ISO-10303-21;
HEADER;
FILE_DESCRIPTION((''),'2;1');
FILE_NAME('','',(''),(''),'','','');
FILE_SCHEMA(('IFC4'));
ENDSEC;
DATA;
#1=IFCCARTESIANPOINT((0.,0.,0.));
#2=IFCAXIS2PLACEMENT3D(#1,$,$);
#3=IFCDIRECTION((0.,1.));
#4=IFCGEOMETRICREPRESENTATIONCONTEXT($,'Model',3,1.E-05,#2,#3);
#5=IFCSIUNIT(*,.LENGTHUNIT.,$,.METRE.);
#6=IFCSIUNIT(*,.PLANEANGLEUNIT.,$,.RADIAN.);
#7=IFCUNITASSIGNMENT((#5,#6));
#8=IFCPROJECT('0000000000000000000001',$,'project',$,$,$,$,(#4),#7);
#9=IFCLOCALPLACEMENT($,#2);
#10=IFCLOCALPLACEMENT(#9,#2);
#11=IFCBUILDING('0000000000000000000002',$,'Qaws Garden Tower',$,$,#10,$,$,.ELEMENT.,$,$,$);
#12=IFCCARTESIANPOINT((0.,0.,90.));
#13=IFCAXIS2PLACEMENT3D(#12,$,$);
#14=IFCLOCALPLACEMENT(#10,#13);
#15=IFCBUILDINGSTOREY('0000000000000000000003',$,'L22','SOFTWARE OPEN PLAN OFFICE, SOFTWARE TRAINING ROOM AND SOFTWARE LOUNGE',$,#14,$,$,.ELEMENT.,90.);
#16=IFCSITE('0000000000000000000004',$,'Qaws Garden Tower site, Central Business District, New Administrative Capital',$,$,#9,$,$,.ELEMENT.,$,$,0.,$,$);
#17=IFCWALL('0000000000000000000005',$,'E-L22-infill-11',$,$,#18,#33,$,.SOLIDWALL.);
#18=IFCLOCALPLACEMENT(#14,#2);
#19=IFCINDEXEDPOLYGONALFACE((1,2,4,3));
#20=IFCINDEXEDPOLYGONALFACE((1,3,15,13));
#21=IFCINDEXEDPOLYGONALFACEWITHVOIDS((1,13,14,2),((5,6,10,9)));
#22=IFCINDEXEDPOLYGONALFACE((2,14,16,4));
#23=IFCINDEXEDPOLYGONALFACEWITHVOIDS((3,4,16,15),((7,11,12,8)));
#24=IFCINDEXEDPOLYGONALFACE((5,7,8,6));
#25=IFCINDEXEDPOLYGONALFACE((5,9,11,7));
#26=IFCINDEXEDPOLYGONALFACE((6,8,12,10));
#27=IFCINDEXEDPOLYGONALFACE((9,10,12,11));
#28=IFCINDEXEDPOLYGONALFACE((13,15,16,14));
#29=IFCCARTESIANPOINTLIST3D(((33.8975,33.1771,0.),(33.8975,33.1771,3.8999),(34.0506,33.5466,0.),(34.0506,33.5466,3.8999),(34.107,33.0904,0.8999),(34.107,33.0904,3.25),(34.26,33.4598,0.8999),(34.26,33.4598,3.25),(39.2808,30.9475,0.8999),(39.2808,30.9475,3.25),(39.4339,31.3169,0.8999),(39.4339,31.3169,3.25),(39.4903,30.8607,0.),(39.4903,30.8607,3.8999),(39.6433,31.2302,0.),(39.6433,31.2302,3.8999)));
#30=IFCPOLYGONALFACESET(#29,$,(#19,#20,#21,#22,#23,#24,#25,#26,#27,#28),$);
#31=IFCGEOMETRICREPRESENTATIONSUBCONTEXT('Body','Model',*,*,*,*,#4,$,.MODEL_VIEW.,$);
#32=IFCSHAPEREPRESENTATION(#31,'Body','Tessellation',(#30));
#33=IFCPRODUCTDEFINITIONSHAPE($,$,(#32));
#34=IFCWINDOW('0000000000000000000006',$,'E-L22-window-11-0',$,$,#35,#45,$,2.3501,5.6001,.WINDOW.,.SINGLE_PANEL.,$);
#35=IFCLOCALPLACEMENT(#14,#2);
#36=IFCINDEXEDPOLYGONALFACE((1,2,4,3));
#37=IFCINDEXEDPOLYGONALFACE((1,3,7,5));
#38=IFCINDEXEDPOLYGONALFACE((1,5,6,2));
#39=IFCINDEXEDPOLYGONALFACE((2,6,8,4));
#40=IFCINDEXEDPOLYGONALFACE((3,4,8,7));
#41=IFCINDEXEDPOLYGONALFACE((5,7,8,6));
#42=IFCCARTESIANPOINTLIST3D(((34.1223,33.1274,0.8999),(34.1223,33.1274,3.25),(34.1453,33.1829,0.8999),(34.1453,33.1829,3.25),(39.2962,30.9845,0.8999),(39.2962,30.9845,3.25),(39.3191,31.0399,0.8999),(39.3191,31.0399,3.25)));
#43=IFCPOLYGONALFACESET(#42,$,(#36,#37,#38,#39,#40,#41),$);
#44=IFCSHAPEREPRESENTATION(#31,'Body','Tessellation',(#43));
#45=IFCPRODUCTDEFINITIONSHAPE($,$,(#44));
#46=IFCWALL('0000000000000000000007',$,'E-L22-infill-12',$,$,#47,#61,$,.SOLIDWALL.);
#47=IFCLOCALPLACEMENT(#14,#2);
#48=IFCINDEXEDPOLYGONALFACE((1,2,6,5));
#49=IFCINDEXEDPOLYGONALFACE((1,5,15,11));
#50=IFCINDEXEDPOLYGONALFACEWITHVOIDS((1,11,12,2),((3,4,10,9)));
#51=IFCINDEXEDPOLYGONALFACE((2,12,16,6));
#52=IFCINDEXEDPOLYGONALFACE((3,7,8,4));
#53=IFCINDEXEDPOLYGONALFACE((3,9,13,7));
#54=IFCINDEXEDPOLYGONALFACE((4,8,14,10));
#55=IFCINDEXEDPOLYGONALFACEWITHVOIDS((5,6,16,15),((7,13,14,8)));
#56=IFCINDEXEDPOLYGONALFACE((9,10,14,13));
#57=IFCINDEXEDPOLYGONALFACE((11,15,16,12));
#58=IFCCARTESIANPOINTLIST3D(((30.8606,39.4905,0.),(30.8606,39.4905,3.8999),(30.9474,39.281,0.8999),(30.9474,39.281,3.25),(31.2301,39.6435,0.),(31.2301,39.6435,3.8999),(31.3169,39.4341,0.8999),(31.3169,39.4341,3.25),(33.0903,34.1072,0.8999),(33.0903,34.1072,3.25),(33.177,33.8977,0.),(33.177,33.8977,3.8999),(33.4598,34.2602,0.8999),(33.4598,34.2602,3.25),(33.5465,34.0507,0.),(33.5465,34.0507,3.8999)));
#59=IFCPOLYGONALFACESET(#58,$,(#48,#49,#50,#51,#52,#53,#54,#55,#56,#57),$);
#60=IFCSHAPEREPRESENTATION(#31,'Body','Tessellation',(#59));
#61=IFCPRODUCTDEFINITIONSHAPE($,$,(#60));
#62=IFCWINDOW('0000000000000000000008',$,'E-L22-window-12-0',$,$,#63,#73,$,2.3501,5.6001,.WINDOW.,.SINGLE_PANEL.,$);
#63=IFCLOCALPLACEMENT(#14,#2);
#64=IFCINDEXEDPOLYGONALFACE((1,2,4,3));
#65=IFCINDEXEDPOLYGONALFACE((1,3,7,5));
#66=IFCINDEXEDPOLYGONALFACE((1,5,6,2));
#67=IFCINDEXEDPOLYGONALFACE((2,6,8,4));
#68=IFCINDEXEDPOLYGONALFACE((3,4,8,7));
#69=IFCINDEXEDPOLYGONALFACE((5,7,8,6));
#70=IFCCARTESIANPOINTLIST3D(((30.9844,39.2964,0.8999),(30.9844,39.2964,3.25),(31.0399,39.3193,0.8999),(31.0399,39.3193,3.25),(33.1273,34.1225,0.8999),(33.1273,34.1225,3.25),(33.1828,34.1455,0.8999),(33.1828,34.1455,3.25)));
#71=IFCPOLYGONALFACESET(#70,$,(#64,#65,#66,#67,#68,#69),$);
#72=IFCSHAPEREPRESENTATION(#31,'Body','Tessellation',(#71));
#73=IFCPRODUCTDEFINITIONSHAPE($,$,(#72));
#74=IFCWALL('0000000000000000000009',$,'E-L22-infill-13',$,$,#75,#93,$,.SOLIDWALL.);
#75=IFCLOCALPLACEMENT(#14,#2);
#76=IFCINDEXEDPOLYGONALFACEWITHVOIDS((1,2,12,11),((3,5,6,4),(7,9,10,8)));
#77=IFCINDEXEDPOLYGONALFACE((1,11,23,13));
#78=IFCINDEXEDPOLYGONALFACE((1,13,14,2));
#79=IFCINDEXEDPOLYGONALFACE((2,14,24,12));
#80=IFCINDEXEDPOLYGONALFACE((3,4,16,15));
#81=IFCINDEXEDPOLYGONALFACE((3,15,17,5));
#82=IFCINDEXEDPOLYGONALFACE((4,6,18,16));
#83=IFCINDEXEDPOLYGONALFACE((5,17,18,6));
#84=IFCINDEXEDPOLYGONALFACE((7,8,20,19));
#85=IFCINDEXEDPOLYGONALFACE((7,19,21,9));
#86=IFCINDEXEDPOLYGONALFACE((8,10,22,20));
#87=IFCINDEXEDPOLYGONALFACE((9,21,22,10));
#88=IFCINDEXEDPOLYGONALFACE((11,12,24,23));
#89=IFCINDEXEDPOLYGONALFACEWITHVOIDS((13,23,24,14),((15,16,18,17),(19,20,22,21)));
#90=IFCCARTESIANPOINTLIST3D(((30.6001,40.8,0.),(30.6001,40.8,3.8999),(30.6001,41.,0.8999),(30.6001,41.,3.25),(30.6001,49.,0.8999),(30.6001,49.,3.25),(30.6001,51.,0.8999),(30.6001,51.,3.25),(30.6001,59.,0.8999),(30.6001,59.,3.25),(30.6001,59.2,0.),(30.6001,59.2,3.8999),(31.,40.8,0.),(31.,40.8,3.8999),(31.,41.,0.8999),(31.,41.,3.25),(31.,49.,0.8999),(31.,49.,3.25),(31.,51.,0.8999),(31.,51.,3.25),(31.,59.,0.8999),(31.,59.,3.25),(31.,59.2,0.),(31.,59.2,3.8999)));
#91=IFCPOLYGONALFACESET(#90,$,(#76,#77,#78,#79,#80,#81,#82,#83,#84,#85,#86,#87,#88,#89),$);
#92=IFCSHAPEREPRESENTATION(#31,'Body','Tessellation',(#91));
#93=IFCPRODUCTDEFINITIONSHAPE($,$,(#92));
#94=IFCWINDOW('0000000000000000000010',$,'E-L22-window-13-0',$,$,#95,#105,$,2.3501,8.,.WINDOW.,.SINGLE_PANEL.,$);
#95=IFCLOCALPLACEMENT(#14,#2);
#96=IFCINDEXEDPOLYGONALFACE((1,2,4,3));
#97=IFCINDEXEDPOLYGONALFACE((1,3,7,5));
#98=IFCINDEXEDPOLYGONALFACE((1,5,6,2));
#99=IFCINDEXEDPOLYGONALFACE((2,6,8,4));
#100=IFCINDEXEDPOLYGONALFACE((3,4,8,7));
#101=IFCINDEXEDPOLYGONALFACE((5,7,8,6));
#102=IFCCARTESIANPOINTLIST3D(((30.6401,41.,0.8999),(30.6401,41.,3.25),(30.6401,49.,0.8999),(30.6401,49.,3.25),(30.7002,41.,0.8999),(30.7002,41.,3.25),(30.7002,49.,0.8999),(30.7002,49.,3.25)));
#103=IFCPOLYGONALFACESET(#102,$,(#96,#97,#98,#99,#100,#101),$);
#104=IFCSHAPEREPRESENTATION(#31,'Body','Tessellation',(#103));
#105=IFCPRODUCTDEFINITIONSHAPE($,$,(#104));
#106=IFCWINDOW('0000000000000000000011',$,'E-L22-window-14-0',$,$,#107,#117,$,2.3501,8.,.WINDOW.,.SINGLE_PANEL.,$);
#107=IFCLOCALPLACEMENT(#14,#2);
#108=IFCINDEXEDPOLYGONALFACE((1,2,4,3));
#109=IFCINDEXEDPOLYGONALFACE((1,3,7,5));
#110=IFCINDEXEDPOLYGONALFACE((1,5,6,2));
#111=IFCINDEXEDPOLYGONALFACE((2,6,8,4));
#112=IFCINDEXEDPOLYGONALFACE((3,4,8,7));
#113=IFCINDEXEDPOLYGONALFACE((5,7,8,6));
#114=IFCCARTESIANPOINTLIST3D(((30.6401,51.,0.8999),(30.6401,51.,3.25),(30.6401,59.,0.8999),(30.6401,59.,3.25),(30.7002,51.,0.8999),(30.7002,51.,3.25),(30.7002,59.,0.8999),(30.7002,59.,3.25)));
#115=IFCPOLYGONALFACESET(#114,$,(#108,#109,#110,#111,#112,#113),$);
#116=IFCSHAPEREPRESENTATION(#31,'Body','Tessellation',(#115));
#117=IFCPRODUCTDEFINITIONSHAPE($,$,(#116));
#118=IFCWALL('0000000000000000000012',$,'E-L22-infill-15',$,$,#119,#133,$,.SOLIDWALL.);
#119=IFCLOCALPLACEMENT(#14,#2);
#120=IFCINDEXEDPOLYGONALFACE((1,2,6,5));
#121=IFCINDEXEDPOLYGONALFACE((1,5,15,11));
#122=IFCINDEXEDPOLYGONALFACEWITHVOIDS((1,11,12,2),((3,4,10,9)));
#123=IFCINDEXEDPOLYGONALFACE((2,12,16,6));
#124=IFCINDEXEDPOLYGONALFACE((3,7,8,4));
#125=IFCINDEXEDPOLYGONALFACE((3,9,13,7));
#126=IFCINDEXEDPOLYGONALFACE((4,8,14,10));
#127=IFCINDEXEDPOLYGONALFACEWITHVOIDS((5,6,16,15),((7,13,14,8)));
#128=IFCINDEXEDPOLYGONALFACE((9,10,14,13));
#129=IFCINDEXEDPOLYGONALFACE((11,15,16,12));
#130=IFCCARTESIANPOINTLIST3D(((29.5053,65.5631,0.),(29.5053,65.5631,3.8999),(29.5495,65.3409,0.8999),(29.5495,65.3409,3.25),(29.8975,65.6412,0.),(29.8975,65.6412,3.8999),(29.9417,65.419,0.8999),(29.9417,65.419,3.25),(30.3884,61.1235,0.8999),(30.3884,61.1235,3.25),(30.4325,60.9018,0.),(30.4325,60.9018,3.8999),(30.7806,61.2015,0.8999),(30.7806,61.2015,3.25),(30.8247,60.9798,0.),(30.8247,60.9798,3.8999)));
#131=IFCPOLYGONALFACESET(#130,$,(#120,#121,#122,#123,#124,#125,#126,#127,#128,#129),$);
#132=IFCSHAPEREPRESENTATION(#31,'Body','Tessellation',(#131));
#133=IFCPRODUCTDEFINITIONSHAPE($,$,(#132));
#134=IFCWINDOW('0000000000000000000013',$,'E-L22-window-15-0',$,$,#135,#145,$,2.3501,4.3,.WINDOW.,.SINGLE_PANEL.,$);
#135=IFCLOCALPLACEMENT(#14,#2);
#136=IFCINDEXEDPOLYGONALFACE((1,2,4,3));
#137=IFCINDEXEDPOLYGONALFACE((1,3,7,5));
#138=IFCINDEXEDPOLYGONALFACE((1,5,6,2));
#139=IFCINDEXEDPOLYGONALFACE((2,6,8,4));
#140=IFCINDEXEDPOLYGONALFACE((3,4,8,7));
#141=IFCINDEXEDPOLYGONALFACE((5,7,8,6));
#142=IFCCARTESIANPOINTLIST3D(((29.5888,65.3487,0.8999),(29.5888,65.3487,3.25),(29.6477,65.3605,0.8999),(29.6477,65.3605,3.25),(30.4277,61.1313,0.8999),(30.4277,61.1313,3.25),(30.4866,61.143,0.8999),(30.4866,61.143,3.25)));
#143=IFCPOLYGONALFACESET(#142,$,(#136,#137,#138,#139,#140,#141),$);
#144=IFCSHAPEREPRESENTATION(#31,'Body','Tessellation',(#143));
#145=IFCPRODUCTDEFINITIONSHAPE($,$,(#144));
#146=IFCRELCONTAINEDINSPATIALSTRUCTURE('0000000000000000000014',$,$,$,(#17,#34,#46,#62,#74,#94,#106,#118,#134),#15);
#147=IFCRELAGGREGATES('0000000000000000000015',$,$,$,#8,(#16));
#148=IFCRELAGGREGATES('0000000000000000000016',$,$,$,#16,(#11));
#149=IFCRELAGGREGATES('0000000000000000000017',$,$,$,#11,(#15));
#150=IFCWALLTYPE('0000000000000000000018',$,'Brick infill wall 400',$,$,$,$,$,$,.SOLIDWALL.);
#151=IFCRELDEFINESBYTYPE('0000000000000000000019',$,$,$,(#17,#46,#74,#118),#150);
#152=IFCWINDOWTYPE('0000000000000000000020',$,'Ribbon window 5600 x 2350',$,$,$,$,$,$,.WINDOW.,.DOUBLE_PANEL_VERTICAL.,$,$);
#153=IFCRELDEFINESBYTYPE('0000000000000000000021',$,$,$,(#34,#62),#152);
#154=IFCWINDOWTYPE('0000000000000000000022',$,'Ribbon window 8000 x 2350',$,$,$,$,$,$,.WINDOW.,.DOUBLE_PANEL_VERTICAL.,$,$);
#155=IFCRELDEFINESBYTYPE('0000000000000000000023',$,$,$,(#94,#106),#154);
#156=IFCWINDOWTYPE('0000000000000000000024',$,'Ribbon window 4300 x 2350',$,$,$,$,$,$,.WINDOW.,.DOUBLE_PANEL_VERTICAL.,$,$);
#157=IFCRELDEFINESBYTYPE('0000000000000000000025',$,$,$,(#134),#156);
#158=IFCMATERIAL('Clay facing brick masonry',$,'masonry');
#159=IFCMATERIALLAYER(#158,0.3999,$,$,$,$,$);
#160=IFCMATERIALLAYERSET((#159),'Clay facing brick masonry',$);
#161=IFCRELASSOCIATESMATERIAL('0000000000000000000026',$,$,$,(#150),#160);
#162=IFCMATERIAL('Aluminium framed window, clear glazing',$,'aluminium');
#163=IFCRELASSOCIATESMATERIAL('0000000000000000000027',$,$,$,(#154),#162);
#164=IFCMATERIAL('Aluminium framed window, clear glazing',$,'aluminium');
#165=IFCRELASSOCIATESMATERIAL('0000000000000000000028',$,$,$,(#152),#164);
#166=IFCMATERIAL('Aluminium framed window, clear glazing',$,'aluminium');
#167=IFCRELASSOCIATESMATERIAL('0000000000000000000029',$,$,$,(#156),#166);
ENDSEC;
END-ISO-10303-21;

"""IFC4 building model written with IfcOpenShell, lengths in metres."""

from ifc_helpers import new_model, si_unit, direction, frame, frame_2d, origin, place, context, subcontext, project, spatial, rectangle, extrude, material, layer, layer_set, type_object, element, fill, save


model = new_model("IFC4")

# Units and contexts
model_context = context("Model", 3, precision=1e-05, world=origin(), true_north=direction((0.0, 1.0)))
body_context = subcontext(model_context, "Body", "Model", "MODEL_VIEW")
ifc_project = project(units=[si_unit("LENGTHUNIT", "METRE"), si_unit("PLANEANGLEUNIT", "RADIAN")], contexts=[model_context])

# Site, building, storey
site_placement = place(None, origin())
site = spatial("IfcSite", under=ifc_project, at=site_placement, Name="Qaws Garden Tower site, Central Business District, New Administrative Capital", CompositionType="ELEMENT", RefElevation=0.0)
building_placement = place(site_placement, origin())
building = spatial("IfcBuilding", under=site, at=building_placement, Name="Qaws Garden Tower", CompositionType="ELEMENT")
storey_placement = place(building_placement, frame((0.0, 0.0, 90.0)))
storey = spatial("IfcBuildingStorey", under=building, at=storey_placement, Name="L22", Description="SOFTWARE OPEN PLAN OFFICE, SOFTWARE TRAINING ROOM AND SOFTWARE LOUNGE", CompositionType="ELEMENT", Elevation=90.0)

# Shared definitions
ifc_material_1 = material(Name="Clay facing brick masonry", Category="masonry")
ifc_layer_1 = layer(ifc_material_1, 0.3999)
ifc_layer_set_1 = layer_set([ifc_layer_1], Name="Clay facing brick masonry")
wall_type_1 = type_object("IfcWallType", Name="Brick infill wall 400", PredefinedType="SOLIDWALL", material=ifc_layer_set_1)
ifc_material_2 = material(Name="Aluminium framed window, clear glazing", Category="aluminium")
window_type_1 = type_object("IfcWindowType", Name="Ribbon window 8000 x 2350", PartitioningType="DOUBLE_PANEL_VERTICAL", PredefinedType="WINDOW", material=ifc_material_2)

# Walls, openings, windows
wall_1_placement = place(storey_placement, frame((39.5669, 31.0454, 0.0), z_axis=(0.0, 0.0, 1.0), x_axis=(-0.923891, 0.382656, 0.0)))
wall_1 = element("IfcWall", 1, at=wall_1_placement, inside=storey, type_object=wall_type_1, Name="E-L22-infill-11", PredefinedType="SOLIDWALL", context=body_context, shape_type="SweptSolid", body=[
    extrude(rectangle(XDim=6.0535, YDim=0.3999, at=frame_2d((3.0269, 0.0))), origin(), (0.0, 0.0, 1.0), 3.8999),
])
opening_1_placement = place(wall_1_placement, frame((0.2268, 0.0, 0.8999)))
opening_1 = element("IfcOpeningElement", 2, at=opening_1_placement, cuts=wall_1, PredefinedType="OPENING", context=body_context, shape_type="SweptSolid", body=[
    extrude(rectangle(XDim=5.6001, YDim=2.3501, at=frame_2d((2.8, 1.175))), frame((0.0, 0.21, 0.0), z_axis=(0.0, -1.0, 0.0), x_axis=(1.0, 0.0, 0.0)), (0.0, 0.0, 1.0), 0.4199),
])
ifc_material_3 = material(Name="Aluminium framed window, clear glazing", Category="aluminium")
window_type_2 = type_object("IfcWindowType", Name="Ribbon window 5600 x 2350", PartitioningType="DOUBLE_PANEL_VERTICAL", PredefinedType="WINDOW", material=ifc_material_3)
window_1_placement = place(opening_1_placement, origin())
window_1 = element("IfcWindow", 3, at=window_1_placement, inside=storey, type_object=window_type_2, Name="E-L22-window-11-0", OverallHeight=2.3501, OverallWidth=5.6001, PartitioningType="SINGLE_PANEL", PredefinedType="WINDOW", context=body_context, shape_type="SweptSolid", body=[
    extrude(rectangle(XDim=5.6001, YDim=2.3501, at=frame_2d((2.8, 1.175))), frame((0.0, 0.1599, 0.0), z_axis=(0.0, -1.0, 0.0), x_axis=(1.0, 0.0, 0.0)), (0.0, 0.0, 1.0), 0.0601),
])
fill(opening_1, window_1)
wall_2_placement = place(storey_placement, frame((33.3618, 33.9741, 0.0), z_axis=(0.0, 0.0, 1.0), x_axis=(-0.382656, 0.923891, 0.0)))
wall_2 = element("IfcWall", 4, at=wall_2_placement, inside=storey, type_object=wall_type_1, Name="E-L22-infill-12", PredefinedType="SOLIDWALL", context=body_context, shape_type="SweptSolid", body=[
    extrude(rectangle(XDim=6.0535, YDim=0.3999, at=frame_2d((3.0269, 0.0))), origin(), (0.0, 0.0, 1.0), 3.8999),
])
opening_2_placement = place(wall_2_placement, frame((0.2268, 0.0, 0.8999)))
opening_2 = element("IfcOpeningElement", 5, at=opening_2_placement, cuts=wall_2, PredefinedType="OPENING", context=body_context, shape_type="SweptSolid", body=[
    extrude(rectangle(XDim=5.6001, YDim=2.3501, at=frame_2d((2.8, 1.175))), frame((0.0, 0.21, 0.0), z_axis=(0.0, -1.0, 0.0), x_axis=(1.0, 0.0, 0.0)), (0.0, 0.0, 1.0), 0.4199),
])
window_2_placement = place(opening_2_placement, origin())
window_2 = element("IfcWindow", 6, at=window_2_placement, inside=storey, type_object=window_type_2, Name="E-L22-window-12-0", OverallHeight=2.3501, OverallWidth=5.6001, PartitioningType="SINGLE_PANEL", PredefinedType="WINDOW", context=body_context, shape_type="SweptSolid", body=[
    extrude(rectangle(XDim=5.6001, YDim=2.3501, at=frame_2d((2.8, 1.175))), frame((0.0, 0.1599, 0.0), z_axis=(0.0, -1.0, 0.0), x_axis=(1.0, 0.0, 0.0)), (0.0, 0.0, 1.0), 0.0601),
])
fill(opening_2, window_2)

# Wall, openings, windows
wall_3_placement = place(storey_placement, frame((30.8, 40.8, 0.0), z_axis=(0.0, 0.0, 1.0), x_axis=(0.0, 1.0, 0.0)))
wall_3 = element("IfcWall", 7, at=wall_3_placement, inside=storey, type_object=wall_type_1, Name="E-L22-infill-13", PredefinedType="SOLIDWALL", context=body_context, shape_type="SweptSolid", body=[
    extrude(rectangle(XDim=18.3999, YDim=0.3999, at=frame_2d((9.2, 0.0))), origin(), (0.0, 0.0, 1.0), 3.8999),
])
opening_3_placement = place(wall_3_placement, frame((0.2, 0.0, 0.8999)))
opening_3 = element("IfcOpeningElement", 8, at=opening_3_placement, cuts=wall_3, PredefinedType="OPENING", context=body_context, shape_type="SweptSolid", body=[
    extrude(rectangle(XDim=8.0, YDim=2.3501, at=frame_2d((4.0, 1.175))), frame((0.0, 0.21, 0.0), z_axis=(0.0, -1.0, 0.0), x_axis=(1.0, 0.0, 0.0)), (0.0, 0.0, 1.0), 0.4199),
])
opening_4_placement = place(wall_3_placement, frame((10.2, 0.0, 0.8999)))
opening_4 = element("IfcOpeningElement", 9, at=opening_4_placement, cuts=wall_3, PredefinedType="OPENING", context=body_context, shape_type="SweptSolid", body=[
    extrude(rectangle(XDim=8.0, YDim=2.3501, at=frame_2d((4.0, 1.175))), frame((0.0, 0.21, 0.0), z_axis=(0.0, -1.0, 0.0), x_axis=(1.0, 0.0, 0.0)), (0.0, 0.0, 1.0), 0.4199),
])
window_3_placement = place(opening_3_placement, origin())
window_3 = element("IfcWindow", 10, at=window_3_placement, inside=storey, type_object=window_type_1, Name="E-L22-window-13-0", OverallHeight=2.3501, OverallWidth=8.0, PartitioningType="SINGLE_PANEL", PredefinedType="WINDOW", context=body_context, shape_type="SweptSolid", body=[
    extrude(rectangle(XDim=8.0, YDim=2.3501, at=frame_2d((4.0, 1.175))), frame((0.0, 0.1599, 0.0), z_axis=(0.0, -1.0, 0.0), x_axis=(1.0, 0.0, 0.0)), (0.0, 0.0, 1.0), 0.0601),
])
fill(opening_3, window_3)
window_4_placement = place(opening_4_placement, origin())
window_4 = element("IfcWindow", 11, at=window_4_placement, inside=storey, type_object=window_type_1, Name="E-L22-window-14-0", OverallHeight=2.3501, OverallWidth=8.0, PartitioningType="SINGLE_PANEL", PredefinedType="WINDOW", context=body_context, shape_type="SweptSolid", body=[
    extrude(rectangle(XDim=8.0, YDim=2.3501, at=frame_2d((4.0, 1.175))), frame((0.0, 0.1599, 0.0), z_axis=(0.0, -1.0, 0.0), x_axis=(1.0, 0.0, 0.0)), (0.0, 0.0, 1.0), 0.0601),
])
fill(opening_4, window_4)

# Wall, opening, window
wall_4_placement = place(storey_placement, frame((30.6287, 60.9407, 0.0), z_axis=(0.0, 0.0, 1.0), x_axis=(-0.195099, 0.980784, 0.0)))
wall_4 = element("IfcWall", 12, at=wall_4_placement, inside=storey, type_object=wall_type_1, Name="E-L22-infill-15", PredefinedType="SOLIDWALL", context=body_context, shape_type="SweptSolid", body=[
    extrude(rectangle(XDim=4.7527, YDim=0.3999, at=frame_2d((2.3765, 0.0))), origin(), (0.0, 0.0, 1.0), 3.8999),
])
opening_5_placement = place(wall_4_placement, frame((0.2263, 0.0, 0.8999)))
opening_5 = element("IfcOpeningElement", 13, at=opening_5_placement, cuts=wall_4, PredefinedType="OPENING", context=body_context, shape_type="SweptSolid", body=[
    extrude(rectangle(XDim=4.3, YDim=2.3501, at=frame_2d((2.1499, 1.175))), frame((0.0, 0.21, 0.0), z_axis=(0.0, -1.0, 0.0), x_axis=(1.0, 0.0, 0.0)), (0.0, 0.0, 1.0), 0.4199),
])
ifc_material_4 = material(Name="Aluminium framed window, clear glazing", Category="aluminium")
window_type_3 = type_object("IfcWindowType", Name="Ribbon window 4300 x 2350", PartitioningType="DOUBLE_PANEL_VERTICAL", PredefinedType="WINDOW", material=ifc_material_4)
window_5_placement = place(opening_5_placement, origin())
window_5 = element("IfcWindow", 14, at=window_5_placement, inside=storey, type_object=window_type_3, Name="E-L22-window-15-0", OverallHeight=2.3501, OverallWidth=4.3, PartitioningType="SINGLE_PANEL", PredefinedType="WINDOW", context=body_context, shape_type="SweptSolid", body=[
    extrude(rectangle(XDim=4.3, YDim=2.3501, at=frame_2d((2.1499, 1.175))), frame((0.0, 0.1599, 0.0), z_axis=(0.0, -1.0, 0.0), x_axis=(1.0, 0.0, 0.0)), (0.0, 0.0, 1.0), 0.0601),
])
fill(opening_5, window_5)

save(model, "model.ifc")
